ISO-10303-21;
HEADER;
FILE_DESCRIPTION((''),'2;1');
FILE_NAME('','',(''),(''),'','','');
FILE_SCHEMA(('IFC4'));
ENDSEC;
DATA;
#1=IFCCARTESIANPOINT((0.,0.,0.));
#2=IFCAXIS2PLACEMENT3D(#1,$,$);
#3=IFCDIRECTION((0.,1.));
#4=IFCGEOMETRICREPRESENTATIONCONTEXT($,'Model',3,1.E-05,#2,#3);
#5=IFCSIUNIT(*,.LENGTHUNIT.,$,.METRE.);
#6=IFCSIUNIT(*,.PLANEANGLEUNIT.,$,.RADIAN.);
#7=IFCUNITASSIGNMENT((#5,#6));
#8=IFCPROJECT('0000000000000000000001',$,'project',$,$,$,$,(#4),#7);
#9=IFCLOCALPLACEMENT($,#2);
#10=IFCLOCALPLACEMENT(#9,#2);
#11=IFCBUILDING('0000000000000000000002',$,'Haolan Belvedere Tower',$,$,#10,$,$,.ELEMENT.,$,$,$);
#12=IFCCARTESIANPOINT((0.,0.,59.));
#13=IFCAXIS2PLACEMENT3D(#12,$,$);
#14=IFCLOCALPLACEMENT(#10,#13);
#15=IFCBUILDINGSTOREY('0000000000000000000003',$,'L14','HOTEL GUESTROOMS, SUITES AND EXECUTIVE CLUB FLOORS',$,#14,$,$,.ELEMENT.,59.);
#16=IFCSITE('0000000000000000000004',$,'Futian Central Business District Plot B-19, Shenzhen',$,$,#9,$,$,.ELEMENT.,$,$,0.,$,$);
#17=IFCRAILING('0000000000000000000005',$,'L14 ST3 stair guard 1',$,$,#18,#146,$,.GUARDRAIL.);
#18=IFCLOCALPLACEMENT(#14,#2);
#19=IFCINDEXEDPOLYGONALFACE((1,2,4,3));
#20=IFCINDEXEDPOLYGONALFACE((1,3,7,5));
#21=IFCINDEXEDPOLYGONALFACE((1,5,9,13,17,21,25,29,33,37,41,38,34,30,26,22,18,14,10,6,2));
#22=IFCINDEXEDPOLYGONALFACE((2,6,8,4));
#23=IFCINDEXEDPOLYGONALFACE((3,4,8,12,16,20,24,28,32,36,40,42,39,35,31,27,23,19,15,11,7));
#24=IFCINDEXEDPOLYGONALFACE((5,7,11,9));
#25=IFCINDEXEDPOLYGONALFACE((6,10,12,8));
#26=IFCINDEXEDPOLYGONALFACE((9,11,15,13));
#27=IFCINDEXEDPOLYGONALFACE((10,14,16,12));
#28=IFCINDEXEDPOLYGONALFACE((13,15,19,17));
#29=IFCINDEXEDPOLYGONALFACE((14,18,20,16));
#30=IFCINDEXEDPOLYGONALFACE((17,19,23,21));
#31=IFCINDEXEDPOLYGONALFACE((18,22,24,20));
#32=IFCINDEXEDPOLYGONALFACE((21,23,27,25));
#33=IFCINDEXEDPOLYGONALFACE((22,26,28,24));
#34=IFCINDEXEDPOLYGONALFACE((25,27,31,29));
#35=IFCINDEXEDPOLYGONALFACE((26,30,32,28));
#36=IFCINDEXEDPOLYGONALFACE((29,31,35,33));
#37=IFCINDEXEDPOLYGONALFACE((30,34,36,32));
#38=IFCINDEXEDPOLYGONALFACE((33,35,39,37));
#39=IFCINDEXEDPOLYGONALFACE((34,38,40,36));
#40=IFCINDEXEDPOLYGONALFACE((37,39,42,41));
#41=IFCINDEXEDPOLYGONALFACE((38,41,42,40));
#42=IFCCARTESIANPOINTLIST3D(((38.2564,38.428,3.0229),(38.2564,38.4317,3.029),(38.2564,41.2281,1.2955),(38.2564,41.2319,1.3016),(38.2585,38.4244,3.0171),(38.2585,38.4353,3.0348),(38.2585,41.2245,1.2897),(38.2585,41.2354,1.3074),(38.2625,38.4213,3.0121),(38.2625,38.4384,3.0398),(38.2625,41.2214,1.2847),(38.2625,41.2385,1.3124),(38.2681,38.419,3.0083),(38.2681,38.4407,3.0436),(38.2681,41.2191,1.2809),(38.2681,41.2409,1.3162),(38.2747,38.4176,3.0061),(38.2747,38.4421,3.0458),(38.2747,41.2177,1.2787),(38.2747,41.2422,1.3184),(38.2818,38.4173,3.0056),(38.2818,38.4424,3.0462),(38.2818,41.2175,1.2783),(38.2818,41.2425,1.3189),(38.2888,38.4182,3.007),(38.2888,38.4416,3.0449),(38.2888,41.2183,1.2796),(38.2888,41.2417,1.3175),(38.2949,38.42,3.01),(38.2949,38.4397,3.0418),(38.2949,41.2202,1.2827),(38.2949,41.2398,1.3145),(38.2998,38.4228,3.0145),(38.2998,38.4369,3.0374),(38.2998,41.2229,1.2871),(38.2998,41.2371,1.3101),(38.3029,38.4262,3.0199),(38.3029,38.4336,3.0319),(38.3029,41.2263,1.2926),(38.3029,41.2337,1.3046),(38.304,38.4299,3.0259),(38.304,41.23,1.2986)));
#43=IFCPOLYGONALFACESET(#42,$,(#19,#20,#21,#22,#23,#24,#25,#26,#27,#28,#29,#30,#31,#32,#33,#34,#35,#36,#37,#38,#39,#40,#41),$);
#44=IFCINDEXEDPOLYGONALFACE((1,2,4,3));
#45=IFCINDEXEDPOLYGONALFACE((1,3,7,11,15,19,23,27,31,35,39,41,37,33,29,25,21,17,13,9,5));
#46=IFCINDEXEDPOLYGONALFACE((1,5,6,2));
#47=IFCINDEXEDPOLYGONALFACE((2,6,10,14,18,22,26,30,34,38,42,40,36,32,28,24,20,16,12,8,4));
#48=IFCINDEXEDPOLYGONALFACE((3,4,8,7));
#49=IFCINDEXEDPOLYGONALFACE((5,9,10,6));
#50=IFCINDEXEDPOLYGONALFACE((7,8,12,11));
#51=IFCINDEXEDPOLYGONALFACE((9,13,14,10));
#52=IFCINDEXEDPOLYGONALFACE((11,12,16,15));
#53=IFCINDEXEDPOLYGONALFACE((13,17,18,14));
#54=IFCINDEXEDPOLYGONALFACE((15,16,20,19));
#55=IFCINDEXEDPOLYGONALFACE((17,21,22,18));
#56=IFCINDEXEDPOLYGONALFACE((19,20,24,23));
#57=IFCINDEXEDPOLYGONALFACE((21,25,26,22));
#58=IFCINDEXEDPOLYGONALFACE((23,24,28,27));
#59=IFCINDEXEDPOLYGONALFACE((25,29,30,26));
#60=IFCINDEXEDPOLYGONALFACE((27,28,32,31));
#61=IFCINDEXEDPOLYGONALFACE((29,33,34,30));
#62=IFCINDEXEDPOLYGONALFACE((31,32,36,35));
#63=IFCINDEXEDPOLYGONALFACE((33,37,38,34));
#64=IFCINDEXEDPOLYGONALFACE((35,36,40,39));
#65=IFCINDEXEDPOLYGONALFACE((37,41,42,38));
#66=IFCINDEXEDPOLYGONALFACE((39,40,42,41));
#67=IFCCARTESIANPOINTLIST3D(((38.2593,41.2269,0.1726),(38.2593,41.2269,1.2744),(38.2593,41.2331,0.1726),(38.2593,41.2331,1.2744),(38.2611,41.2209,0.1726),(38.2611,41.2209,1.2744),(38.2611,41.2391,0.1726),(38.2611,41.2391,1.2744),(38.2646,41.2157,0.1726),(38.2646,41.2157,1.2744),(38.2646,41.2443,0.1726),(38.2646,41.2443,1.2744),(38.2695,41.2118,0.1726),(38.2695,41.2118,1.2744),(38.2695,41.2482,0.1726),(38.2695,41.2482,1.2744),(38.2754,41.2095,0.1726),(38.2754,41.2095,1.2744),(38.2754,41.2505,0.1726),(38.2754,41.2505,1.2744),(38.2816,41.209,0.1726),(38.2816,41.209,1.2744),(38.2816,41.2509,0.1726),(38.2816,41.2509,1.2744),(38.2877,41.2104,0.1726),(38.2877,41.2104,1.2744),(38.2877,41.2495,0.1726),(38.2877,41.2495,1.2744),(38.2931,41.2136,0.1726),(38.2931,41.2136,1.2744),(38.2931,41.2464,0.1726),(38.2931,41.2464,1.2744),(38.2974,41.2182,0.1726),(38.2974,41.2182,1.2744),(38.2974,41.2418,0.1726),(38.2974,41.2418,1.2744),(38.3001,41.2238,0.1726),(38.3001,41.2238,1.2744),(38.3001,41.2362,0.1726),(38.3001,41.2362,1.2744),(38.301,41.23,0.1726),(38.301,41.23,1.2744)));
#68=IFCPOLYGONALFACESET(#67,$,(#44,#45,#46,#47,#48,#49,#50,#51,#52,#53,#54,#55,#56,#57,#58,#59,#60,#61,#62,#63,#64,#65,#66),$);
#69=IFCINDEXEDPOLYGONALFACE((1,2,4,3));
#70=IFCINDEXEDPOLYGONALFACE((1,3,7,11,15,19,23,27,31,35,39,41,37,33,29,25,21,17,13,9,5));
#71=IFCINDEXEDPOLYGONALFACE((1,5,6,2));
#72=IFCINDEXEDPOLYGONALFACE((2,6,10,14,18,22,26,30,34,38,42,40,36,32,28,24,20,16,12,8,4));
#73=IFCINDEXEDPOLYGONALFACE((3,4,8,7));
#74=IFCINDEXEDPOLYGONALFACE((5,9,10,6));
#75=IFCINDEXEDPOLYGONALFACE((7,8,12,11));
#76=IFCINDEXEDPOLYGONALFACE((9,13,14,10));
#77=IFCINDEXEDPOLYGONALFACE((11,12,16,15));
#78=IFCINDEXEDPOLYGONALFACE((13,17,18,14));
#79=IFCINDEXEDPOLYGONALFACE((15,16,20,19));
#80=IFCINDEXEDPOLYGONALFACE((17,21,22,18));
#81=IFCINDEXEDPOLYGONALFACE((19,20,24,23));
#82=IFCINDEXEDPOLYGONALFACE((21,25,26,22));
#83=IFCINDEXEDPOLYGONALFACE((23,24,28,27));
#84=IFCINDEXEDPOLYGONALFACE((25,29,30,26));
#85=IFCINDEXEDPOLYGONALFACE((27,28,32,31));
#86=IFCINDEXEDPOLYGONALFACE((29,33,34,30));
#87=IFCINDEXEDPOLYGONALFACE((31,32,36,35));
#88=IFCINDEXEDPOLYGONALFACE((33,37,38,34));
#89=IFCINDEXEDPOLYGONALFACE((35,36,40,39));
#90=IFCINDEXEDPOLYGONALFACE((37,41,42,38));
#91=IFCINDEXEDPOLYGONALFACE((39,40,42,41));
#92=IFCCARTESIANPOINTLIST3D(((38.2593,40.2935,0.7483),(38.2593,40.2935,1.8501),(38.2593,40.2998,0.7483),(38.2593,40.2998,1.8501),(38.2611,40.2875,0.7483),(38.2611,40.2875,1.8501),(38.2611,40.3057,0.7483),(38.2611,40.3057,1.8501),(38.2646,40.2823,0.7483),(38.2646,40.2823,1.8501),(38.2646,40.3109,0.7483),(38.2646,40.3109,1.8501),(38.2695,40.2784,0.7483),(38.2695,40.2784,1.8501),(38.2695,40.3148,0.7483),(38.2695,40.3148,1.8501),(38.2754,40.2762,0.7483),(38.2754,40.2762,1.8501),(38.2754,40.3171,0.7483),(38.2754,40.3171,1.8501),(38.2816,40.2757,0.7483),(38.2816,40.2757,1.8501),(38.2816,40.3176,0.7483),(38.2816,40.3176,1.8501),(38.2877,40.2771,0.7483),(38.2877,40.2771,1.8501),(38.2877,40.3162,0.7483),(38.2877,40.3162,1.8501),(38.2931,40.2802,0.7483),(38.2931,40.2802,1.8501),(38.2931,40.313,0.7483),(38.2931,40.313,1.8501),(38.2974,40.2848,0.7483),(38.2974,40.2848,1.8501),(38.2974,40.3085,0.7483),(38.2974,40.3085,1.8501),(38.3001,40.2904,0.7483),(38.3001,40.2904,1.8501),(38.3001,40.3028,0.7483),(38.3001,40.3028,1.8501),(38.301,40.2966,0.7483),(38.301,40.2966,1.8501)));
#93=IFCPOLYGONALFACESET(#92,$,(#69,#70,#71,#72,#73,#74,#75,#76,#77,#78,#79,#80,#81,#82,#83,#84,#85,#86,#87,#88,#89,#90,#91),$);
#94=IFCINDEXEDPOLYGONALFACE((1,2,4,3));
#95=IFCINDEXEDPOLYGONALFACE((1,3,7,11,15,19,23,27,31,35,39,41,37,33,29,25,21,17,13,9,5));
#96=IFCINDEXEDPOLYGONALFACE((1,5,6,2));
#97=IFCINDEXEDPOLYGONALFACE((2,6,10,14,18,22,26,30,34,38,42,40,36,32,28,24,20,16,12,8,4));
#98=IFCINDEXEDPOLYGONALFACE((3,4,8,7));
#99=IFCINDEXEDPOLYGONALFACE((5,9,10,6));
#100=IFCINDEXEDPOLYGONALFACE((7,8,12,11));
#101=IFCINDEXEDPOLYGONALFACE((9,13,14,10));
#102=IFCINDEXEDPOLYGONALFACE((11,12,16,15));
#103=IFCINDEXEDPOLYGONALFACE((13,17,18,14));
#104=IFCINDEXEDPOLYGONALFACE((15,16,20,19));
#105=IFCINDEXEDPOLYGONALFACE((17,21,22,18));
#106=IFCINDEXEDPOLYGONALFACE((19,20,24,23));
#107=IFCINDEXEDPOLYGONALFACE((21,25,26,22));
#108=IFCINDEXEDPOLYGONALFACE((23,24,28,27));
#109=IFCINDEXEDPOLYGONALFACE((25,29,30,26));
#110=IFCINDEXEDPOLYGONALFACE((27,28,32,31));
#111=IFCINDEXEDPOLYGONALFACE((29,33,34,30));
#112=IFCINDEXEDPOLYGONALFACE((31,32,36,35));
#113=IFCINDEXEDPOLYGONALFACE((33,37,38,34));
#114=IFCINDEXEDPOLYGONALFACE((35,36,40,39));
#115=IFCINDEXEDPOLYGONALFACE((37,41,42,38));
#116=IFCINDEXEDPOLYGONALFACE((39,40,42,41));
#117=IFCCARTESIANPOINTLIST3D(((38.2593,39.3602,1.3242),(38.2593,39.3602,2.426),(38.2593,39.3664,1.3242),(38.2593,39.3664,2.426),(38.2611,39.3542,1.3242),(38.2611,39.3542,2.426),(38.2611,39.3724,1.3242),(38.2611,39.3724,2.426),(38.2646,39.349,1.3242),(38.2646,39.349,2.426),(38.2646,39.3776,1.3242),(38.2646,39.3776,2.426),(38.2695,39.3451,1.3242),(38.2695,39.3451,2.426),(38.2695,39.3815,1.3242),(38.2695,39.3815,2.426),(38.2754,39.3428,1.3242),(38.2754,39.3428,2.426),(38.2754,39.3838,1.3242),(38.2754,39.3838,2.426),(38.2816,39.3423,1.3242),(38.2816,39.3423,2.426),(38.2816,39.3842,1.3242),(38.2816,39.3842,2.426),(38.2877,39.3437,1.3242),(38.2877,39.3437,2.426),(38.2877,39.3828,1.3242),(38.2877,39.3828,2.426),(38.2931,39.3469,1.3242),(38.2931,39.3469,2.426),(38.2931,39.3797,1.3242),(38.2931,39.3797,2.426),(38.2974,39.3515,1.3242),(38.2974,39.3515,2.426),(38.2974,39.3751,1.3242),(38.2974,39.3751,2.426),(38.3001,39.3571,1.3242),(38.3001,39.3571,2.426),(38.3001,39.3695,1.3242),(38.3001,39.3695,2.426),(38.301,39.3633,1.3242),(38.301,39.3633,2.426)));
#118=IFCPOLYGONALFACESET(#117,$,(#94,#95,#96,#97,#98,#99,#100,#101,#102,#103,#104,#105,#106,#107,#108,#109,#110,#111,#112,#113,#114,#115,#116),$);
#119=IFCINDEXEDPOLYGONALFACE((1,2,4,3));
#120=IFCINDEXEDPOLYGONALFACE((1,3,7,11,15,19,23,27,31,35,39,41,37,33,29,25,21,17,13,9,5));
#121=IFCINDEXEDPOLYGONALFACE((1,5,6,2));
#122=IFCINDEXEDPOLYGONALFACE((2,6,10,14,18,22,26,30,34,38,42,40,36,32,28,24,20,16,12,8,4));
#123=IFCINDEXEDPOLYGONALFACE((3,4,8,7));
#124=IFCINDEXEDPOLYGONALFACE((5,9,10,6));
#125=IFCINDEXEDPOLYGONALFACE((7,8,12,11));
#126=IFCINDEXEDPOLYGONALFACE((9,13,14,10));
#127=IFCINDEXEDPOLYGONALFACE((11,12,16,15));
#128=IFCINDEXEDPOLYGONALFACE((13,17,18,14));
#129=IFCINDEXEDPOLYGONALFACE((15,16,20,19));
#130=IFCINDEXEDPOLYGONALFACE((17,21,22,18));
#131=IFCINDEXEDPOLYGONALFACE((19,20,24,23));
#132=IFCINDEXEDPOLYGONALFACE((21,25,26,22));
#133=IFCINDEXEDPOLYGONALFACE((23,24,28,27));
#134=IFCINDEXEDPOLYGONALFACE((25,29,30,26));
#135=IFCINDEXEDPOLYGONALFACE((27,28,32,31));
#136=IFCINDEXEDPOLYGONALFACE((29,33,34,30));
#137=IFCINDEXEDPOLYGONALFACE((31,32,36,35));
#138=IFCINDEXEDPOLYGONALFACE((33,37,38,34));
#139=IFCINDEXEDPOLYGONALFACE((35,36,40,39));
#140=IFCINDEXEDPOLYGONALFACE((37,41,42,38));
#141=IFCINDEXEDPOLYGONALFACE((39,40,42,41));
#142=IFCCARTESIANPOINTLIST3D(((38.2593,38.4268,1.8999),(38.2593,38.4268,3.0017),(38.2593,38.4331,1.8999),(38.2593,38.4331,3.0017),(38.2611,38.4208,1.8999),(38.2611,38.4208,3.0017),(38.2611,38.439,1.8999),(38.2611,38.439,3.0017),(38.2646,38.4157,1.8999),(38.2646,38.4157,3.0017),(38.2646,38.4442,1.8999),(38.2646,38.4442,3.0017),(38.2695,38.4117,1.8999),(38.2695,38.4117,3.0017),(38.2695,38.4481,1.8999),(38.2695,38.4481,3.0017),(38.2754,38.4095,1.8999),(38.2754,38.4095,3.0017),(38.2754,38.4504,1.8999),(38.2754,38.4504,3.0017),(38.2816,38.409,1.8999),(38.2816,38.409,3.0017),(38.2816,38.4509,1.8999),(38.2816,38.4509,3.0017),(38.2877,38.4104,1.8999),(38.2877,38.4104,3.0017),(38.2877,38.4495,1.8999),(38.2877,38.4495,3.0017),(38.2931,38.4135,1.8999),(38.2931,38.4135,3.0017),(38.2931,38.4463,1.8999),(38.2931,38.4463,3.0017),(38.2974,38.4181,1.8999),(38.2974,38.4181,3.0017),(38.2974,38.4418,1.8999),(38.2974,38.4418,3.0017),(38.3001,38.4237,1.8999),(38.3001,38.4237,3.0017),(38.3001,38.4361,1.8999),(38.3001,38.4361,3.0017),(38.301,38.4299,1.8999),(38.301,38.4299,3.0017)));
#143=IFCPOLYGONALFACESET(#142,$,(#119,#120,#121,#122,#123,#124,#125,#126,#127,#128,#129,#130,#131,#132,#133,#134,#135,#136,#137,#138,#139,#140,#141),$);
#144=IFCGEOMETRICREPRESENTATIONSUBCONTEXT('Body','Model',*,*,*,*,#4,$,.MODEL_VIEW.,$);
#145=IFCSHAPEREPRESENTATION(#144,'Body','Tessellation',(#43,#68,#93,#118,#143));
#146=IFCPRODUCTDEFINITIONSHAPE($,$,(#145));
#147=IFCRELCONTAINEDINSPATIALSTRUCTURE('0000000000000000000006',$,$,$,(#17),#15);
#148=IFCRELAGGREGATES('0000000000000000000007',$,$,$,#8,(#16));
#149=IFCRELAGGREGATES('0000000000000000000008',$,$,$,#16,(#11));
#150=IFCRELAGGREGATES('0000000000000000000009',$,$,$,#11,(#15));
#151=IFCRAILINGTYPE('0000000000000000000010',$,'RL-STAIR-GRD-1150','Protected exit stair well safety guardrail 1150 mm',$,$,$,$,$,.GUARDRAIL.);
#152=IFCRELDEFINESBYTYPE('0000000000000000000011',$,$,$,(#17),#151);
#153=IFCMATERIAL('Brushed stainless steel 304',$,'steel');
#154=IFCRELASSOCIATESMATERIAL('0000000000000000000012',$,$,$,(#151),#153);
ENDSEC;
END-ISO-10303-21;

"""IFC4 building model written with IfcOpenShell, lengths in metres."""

from ifc_helpers import new_model, si_unit, direction, frame, origin, origin_2d, place, context, subcontext, project, spatial, circle, extrude, material, type_object, element, save


model = new_model("IFC4")

# Units and contexts
model_context = context("Model", 3, precision=1e-05, world=origin(), true_north=direction((0.0, 1.0)))
body_context = subcontext(model_context, "Body", "Model", "MODEL_VIEW")
ifc_project = project(units=[si_unit("LENGTHUNIT", "METRE"), si_unit("PLANEANGLEUNIT", "RADIAN")], contexts=[model_context])

# Site, building, storey
site_placement = place(None, origin())
site = spatial("IfcSite", under=ifc_project, at=site_placement, Name="Futian Central Business District Plot B-19, Shenzhen", CompositionType="ELEMENT", RefElevation=0.0)
building_placement = place(site_placement, origin())
building = spatial("IfcBuilding", under=site, at=building_placement, Name="Haolan Belvedere Tower", CompositionType="ELEMENT")
storey_placement = place(building_placement, frame((0.0, 0.0, 59.0)))
storey = spatial("IfcBuildingStorey", under=building, at=storey_placement, Name="L14", Description="HOTEL GUESTROOMS, SUITES AND EXECUTIVE CLUB FLOORS", CompositionType="ELEMENT", Elevation=59.0)

# Railing
ifc_material_1 = material(Name="Brushed stainless steel 304", Category="steel")
railing_type_1 = type_object("IfcRailingType", Name="RL-STAIR-GRD-1150", Description="Protected exit stair well safety guardrail 1150 mm", PredefinedType="GUARDRAIL", material=ifc_material_1)
railing_1_placement = place(storey_placement, frame((38.28, 41.23, 0.1726)))
element("IfcRailing", 1, at=railing_1_placement, inside=storey, type_object=railing_type_1, Name="L14 ST3 stair guard 1", PredefinedType="GUARDRAIL", context=body_context, shape_type="SweptSolid", body=[
    extrude(circle(Radius=0.0239, at=origin_2d()), frame((0.0, 0.0, 1.126), z_axis=(0.0, -0.85109, 0.52502), x_axis=(1.0, 0.0, 0.0)), (0.0, 0.0, 1.0), 3.29),
    extrude(circle(Radius=0.021, at=origin_2d()), origin(), (0.0, 0.0, 1.0), 1.1018),
    extrude(circle(Radius=0.021, at=origin_2d()), frame((0.0, -0.9333, 0.5757)), (0.0, 0.0, 1.0), 1.1018),
    extrude(circle(Radius=0.021, at=origin_2d()), frame((0.0, -1.8667, 1.1516)), (0.0, 0.0, 1.0), 1.1018),
    extrude(circle(Radius=0.021, at=origin_2d()), frame((0.0, -2.8, 1.7273)), (0.0, 0.0, 1.0), 1.1018),
])

save(model, "model.ifc")
